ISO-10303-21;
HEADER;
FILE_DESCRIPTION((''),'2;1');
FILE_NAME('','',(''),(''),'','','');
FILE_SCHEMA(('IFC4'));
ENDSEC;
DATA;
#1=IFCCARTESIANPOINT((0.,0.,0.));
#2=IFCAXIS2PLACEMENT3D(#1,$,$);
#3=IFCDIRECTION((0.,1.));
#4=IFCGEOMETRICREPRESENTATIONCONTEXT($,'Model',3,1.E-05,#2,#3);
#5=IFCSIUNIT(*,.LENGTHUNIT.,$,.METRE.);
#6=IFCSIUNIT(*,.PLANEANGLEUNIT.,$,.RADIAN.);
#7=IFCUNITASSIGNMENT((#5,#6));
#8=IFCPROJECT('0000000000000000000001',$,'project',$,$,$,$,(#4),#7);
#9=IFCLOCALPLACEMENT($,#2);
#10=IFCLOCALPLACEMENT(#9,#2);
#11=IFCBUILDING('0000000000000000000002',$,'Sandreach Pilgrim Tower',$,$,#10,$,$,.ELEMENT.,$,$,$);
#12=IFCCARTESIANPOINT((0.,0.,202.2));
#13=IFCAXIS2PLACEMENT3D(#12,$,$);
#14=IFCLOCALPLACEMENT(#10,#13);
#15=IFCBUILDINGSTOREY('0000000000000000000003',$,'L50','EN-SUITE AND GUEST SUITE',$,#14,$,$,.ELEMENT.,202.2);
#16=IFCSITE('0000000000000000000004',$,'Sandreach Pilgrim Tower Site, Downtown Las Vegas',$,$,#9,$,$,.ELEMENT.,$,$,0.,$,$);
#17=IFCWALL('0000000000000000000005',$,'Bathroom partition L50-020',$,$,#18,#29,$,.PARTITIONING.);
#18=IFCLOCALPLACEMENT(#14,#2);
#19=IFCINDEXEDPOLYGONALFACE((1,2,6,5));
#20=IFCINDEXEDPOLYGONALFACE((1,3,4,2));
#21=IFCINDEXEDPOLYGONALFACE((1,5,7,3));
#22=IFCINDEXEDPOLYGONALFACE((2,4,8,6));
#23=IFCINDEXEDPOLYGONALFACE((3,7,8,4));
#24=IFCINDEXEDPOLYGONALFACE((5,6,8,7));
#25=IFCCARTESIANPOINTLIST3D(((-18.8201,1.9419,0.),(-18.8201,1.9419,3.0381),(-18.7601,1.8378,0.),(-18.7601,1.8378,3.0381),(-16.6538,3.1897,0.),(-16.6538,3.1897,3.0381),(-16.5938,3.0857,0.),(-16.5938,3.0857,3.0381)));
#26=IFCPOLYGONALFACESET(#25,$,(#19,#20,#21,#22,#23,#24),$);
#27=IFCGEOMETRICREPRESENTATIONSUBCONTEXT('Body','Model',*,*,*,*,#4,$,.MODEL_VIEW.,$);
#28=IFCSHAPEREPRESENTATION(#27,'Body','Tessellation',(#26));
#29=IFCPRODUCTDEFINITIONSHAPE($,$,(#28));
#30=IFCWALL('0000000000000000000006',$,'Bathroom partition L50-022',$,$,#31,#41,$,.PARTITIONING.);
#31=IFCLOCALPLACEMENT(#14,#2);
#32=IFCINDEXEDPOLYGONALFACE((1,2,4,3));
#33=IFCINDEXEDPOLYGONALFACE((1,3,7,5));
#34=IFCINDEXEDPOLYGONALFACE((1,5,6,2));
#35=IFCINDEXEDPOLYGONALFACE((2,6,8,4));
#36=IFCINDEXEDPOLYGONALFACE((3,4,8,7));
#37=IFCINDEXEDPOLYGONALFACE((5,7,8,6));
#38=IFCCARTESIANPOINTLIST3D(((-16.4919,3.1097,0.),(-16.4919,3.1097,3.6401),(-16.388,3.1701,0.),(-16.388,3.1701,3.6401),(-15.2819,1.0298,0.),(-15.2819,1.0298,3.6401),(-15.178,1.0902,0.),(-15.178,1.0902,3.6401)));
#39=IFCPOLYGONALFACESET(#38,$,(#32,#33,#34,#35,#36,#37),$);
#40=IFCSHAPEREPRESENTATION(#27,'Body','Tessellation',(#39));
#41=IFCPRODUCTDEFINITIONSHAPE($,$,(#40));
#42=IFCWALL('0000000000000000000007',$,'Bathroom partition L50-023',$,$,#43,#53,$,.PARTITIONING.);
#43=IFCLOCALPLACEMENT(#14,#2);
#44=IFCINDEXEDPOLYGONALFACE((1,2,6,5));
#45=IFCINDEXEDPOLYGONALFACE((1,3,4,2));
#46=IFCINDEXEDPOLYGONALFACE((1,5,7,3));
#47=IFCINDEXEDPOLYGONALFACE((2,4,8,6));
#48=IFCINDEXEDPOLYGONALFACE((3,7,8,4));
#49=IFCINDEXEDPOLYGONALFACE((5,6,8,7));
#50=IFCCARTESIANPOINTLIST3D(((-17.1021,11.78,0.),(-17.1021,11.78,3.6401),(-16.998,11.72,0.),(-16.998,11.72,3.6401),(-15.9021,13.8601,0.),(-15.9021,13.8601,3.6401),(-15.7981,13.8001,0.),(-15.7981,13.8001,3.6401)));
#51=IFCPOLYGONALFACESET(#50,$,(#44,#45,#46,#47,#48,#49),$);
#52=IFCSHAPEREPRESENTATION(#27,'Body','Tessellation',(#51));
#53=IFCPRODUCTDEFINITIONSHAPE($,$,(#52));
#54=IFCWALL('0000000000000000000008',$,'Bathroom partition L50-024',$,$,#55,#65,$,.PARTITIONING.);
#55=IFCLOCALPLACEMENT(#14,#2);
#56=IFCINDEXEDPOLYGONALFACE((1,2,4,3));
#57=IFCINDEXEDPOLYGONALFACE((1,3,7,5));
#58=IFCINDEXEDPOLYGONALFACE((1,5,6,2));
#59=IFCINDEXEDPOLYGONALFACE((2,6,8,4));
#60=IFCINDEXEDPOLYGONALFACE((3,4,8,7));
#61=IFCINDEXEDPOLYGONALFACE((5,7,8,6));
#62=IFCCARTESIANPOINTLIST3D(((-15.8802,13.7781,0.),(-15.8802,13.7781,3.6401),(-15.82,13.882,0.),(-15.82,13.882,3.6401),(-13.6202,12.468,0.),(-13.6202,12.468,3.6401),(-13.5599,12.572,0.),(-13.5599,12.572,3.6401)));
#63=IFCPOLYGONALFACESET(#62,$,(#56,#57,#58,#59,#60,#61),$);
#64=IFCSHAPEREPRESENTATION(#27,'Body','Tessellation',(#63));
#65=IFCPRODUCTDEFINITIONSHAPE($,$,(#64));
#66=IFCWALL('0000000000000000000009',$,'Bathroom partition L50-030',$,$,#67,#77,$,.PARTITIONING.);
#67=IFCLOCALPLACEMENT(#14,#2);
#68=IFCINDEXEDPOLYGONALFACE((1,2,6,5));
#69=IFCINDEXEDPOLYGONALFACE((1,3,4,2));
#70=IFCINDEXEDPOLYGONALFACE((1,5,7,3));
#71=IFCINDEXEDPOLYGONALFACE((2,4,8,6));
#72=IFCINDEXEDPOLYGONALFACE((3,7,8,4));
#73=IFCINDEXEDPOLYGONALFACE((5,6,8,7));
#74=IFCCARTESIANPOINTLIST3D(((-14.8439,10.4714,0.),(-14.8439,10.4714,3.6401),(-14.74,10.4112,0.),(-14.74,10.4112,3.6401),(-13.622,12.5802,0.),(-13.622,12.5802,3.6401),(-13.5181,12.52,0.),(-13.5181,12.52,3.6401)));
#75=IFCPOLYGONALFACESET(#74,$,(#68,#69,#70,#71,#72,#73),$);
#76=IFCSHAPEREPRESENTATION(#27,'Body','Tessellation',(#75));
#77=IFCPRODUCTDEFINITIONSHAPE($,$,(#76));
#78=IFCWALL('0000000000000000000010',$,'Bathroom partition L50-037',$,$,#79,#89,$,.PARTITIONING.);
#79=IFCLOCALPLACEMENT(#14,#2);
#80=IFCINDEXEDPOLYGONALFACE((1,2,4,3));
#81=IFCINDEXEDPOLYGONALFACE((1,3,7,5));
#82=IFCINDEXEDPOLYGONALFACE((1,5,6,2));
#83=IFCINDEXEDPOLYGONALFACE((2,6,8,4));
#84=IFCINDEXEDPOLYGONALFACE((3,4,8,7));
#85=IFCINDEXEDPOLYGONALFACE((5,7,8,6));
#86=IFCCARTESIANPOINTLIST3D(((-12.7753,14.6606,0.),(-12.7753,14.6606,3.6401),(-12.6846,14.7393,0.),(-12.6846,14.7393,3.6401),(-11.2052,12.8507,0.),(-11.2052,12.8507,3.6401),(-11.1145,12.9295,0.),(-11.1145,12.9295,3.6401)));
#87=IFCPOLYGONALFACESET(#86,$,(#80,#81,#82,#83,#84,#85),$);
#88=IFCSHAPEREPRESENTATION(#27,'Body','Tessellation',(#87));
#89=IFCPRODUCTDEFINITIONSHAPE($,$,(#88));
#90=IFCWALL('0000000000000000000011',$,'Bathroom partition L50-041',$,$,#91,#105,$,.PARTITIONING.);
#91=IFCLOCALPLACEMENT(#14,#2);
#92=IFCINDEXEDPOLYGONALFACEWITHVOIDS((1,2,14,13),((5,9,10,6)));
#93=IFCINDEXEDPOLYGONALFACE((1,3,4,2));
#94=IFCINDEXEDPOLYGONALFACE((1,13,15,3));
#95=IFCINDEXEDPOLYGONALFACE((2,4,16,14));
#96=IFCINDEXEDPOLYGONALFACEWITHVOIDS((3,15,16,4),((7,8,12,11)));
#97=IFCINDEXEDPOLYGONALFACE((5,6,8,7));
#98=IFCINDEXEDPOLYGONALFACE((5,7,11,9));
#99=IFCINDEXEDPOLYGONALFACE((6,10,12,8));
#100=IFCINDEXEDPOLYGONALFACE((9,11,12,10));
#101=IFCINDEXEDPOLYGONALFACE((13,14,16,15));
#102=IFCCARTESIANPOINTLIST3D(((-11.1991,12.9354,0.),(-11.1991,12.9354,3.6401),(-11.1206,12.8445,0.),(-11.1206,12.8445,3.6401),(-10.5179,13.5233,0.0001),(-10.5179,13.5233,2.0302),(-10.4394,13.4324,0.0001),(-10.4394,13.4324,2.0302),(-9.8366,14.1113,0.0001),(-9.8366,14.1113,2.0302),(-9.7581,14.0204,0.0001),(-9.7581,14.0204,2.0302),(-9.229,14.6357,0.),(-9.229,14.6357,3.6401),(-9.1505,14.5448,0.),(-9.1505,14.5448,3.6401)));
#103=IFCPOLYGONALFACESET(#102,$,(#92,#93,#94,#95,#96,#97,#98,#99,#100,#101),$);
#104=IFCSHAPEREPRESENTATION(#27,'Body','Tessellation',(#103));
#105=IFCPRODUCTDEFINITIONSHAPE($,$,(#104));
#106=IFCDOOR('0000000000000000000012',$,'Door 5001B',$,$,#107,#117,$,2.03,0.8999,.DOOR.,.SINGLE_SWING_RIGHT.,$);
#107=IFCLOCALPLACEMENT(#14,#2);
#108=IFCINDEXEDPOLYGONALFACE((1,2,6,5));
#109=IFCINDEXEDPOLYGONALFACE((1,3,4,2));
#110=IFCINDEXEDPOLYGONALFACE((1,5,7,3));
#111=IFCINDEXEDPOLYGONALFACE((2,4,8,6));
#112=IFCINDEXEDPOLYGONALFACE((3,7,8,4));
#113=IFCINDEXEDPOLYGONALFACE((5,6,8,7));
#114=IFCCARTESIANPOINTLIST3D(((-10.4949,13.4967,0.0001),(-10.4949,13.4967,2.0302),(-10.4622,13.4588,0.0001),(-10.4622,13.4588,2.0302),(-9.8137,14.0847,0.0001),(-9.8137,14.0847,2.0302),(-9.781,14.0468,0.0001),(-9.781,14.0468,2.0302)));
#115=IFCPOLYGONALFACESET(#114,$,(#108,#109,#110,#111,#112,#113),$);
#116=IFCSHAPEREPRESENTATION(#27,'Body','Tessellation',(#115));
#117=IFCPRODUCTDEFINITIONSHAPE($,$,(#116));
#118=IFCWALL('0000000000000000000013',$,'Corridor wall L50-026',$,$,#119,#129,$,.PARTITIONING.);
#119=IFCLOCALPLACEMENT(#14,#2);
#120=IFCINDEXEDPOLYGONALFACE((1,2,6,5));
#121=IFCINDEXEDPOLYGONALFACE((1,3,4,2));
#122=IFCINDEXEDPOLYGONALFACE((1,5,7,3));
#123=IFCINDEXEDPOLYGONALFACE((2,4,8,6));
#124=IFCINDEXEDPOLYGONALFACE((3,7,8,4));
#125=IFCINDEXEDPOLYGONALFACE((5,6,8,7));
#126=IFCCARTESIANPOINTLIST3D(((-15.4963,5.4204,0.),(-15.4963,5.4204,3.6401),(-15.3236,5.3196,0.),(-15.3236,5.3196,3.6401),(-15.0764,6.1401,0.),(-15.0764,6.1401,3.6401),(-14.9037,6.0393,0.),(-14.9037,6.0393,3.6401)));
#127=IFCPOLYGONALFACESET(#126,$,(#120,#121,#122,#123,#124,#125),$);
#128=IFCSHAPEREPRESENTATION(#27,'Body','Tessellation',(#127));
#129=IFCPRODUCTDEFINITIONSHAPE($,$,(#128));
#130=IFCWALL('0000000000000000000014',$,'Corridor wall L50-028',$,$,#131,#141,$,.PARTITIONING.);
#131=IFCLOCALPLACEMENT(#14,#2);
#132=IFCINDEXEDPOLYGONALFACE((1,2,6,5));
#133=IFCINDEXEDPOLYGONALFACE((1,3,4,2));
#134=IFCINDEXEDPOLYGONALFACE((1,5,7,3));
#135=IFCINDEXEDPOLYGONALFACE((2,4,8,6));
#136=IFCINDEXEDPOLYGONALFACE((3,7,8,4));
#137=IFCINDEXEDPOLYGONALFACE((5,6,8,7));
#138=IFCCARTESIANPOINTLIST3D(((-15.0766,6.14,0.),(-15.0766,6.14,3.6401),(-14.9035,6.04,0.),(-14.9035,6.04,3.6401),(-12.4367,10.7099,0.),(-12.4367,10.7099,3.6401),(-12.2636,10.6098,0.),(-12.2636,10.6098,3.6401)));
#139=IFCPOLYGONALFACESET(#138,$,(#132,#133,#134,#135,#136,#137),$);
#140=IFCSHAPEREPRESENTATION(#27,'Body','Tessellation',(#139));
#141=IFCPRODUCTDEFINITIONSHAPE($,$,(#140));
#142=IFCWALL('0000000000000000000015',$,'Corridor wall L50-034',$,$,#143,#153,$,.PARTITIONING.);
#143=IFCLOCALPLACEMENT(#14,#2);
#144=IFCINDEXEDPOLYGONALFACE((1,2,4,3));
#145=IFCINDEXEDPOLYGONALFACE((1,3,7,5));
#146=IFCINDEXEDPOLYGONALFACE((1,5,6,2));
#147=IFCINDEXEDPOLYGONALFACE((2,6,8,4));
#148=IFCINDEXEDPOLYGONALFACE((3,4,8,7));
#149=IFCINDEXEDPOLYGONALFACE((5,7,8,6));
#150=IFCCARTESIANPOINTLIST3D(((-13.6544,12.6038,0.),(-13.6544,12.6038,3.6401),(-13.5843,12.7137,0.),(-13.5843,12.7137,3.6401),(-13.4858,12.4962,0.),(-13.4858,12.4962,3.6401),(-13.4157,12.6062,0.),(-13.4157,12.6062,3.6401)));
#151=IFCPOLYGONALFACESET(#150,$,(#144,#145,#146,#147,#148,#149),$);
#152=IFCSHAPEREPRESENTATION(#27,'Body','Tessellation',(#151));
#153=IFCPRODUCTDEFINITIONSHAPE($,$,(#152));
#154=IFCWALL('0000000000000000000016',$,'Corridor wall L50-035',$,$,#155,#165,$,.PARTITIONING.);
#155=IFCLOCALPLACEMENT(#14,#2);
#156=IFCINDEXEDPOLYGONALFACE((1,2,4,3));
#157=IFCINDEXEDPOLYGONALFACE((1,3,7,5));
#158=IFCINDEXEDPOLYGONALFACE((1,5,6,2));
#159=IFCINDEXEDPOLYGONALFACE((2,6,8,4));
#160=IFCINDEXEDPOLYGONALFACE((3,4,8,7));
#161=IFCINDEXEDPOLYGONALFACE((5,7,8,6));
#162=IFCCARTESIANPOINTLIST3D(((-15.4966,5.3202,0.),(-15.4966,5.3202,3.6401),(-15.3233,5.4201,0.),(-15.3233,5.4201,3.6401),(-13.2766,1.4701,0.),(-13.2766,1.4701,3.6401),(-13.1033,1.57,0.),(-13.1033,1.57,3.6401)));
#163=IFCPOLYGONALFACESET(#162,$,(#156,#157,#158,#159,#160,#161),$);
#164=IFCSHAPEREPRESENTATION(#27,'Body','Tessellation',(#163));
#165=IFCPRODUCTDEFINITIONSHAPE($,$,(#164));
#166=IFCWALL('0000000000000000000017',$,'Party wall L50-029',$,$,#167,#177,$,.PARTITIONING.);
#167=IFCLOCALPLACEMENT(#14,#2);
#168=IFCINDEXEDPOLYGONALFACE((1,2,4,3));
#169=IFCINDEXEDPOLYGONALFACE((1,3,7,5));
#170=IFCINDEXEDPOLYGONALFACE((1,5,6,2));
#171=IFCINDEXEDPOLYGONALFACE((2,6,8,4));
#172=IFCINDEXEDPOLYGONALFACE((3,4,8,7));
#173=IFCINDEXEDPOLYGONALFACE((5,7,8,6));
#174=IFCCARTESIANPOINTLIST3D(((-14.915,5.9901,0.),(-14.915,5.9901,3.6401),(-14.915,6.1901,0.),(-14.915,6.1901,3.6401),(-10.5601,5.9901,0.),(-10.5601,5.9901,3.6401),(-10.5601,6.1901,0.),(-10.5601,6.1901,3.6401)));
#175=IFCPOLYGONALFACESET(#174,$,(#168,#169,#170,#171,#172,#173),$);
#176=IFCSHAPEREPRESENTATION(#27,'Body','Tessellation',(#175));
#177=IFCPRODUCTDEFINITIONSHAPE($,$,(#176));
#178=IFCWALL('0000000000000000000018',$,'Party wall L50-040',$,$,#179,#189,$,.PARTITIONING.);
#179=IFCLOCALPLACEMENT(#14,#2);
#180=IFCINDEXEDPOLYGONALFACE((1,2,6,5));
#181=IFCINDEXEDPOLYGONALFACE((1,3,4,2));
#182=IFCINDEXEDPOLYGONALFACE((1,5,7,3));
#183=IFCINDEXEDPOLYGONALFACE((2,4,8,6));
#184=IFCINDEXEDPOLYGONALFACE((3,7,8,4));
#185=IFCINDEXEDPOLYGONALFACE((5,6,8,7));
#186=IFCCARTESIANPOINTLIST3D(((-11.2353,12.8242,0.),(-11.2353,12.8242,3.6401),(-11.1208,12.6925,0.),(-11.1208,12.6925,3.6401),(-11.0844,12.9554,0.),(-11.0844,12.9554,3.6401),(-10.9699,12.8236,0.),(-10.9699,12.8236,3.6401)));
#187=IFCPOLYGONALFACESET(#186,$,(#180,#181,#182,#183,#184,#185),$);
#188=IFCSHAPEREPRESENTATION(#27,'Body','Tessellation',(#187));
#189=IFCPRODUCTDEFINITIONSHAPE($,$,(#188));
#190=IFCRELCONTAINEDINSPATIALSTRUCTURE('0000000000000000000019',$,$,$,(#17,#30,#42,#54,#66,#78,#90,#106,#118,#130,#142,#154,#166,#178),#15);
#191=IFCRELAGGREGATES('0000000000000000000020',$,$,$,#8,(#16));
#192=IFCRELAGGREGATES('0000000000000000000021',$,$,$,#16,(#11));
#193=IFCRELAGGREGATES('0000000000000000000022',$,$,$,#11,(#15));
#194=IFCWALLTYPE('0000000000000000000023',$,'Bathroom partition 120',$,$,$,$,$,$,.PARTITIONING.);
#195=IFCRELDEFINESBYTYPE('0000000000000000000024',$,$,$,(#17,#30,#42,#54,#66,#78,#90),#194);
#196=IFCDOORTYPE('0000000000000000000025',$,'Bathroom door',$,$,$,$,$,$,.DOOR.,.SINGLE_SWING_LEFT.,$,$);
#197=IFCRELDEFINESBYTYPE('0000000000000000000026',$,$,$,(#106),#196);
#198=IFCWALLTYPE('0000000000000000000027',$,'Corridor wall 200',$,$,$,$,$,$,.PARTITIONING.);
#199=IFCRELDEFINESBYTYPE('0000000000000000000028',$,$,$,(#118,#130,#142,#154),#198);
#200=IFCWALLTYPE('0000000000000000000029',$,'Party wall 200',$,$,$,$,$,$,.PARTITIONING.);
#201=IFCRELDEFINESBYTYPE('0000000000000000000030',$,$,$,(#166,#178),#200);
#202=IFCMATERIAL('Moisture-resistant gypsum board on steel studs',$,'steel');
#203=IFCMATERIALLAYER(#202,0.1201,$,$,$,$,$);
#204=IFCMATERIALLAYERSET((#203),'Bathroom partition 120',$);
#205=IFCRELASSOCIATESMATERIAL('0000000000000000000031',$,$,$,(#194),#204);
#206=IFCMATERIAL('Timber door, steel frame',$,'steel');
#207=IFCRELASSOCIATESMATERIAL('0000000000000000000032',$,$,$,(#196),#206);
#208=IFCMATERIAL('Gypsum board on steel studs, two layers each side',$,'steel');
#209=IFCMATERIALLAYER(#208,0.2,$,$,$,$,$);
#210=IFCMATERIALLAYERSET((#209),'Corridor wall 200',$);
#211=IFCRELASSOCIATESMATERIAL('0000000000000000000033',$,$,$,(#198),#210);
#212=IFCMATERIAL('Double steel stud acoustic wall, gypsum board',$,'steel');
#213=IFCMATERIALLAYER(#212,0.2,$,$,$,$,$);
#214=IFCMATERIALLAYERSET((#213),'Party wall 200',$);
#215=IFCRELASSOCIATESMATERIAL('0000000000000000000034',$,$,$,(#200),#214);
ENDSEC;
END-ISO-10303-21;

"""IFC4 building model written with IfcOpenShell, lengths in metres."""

from ifc_helpers import new_model, si_unit, direction, frame, frame_2d, origin, place, context, subcontext, project, spatial, rectangle, extrude, material, layer, layer_set, type_object, element, fill, save


model = new_model("IFC4")

# Units and contexts
model_context = context("Model", 3, precision=1e-05, world=origin(), true_north=direction((0.0, 1.0)))
body_context = subcontext(model_context, "Body", "Model", "MODEL_VIEW")
ifc_project = project(units=[si_unit("LENGTHUNIT", "METRE"), si_unit("PLANEANGLEUNIT", "RADIAN")], contexts=[model_context])

# Site, building, storey
site_placement = place(None, origin())
site = spatial("IfcSite", under=ifc_project, at=site_placement, Name="Sandreach Pilgrim Tower Site, Downtown Las Vegas", CompositionType="ELEMENT", RefElevation=0.0)
building_placement = place(site_placement, origin())
building = spatial("IfcBuilding", under=site, at=building_placement, Name="Sandreach Pilgrim Tower", CompositionType="ELEMENT")
storey_placement = place(building_placement, frame((0.0, 0.0, 202.2)))
storey = spatial("IfcBuildingStorey", under=building, at=storey_placement, Name="L50", Description="EN-SUITE AND GUEST SUITE", CompositionType="ELEMENT", Elevation=202.2)

# Walls
ifc_material_1 = material(Name="Moisture-resistant gypsum board on steel studs", Category="steel")
ifc_layer_1 = layer(ifc_material_1, 0.1201)
ifc_layer_set_1 = layer_set([ifc_layer_1], Name="Bathroom partition 120")
wall_type_1 = type_object("IfcWallType", Name="Bathroom partition 120", PredefinedType="PARTITIONING", material=ifc_layer_set_1)
wall_1_placement = place(storey_placement, frame((-16.6238, 3.1377, 0.0), z_axis=(0.0, 0.0, 1.0), x_axis=(-0.866525, -0.499133, 0.0)))
element("IfcWall", 1, at=wall_1_placement, inside=storey, type_object=wall_type_1, Name="Bathroom partition L50-020", PredefinedType="PARTITIONING", context=body_context, shape_type="SweptSolid", body=[
    extrude(rectangle(XDim=2.5, YDim=0.1201, at=frame_2d((1.25, 0.0))), origin(), (0.0, 0.0, 1.0), 3.0381),
])
wall_2_placement = place(storey_placement, frame((-16.4399, 3.1399, 0.0), z_axis=(0.0, 0.0, 1.0), x_axis=(0.502855, -0.864371, 0.0)))
element("IfcWall", 2, at=wall_2_placement, inside=storey, type_object=wall_type_1, Name="Bathroom partition L50-022", PredefinedType="PARTITIONING", context=body_context, shape_type="SweptSolid", body=[
    extrude(rectangle(XDim=2.4062, YDim=0.1201, at=frame_2d((1.2031, 0.0))), origin(), (0.0, 0.0, 1.0), 3.6401),
])
wall_3_placement = place(storey_placement, frame((-15.8501, 13.8301, 0.0), z_axis=(0.0, 0.0, 1.0), x_axis=(-0.499693, -0.866203, 0.0)))
element("IfcWall", 3, at=wall_3_placement, inside=storey, type_object=wall_type_1, Name="Bathroom partition L50-023", PredefinedType="PARTITIONING", context=body_context, shape_type="SweptSolid", body=[
    extrude(rectangle(XDim=2.4014, YDim=0.1201, at=frame_2d((1.2007, 0.0))), origin(), (0.0, 0.0, 1.0), 3.6401),
])
wall_4_placement = place(storey_placement, frame((-15.8501, 13.8301, 0.0), z_axis=(0.0, 0.0, 1.0), x_axis=(0.865155, -0.501504, 0.0)))
element("IfcWall", 4, at=wall_4_placement, inside=storey, type_object=wall_type_1, Name="Bathroom partition L50-024", PredefinedType="PARTITIONING", context=body_context, shape_type="SweptSolid", body=[
    extrude(rectangle(XDim=2.6123, YDim=0.1201, at=frame_2d((1.3062, 0.0))), origin(), (0.0, 0.0, 1.0), 3.6401),
])
wall_5_placement = place(storey_placement, frame((-14.792, 10.4412, 0.0), z_axis=(0.0, 0.0, 1.0), x_axis=(0.50134, 0.86525, 0.0)))
element("IfcWall", 5, at=wall_5_placement, inside=storey, type_object=wall_type_1, Name="Bathroom partition L50-030", PredefinedType="PARTITIONING", context=body_context, shape_type="SweptSolid", body=[
    extrude(rectangle(XDim=2.4373, YDim=0.1201, at=frame_2d((1.2188, 0.0))), origin(), (0.0, 0.0, 1.0), 3.6401),
])
wall_6_placement = place(storey_placement, frame((-12.73, 14.7, 0.0), z_axis=(0.0, 0.0, 1.0), x_axis=(0.655303, -0.755366, 0.0)))
element("IfcWall", 6, at=wall_6_placement, inside=storey, type_object=wall_type_1, Name="Bathroom partition L50-037", PredefinedType="PARTITIONING", context=body_context, shape_type="SweptSolid", body=[
    extrude(rectangle(XDim=2.396, YDim=0.1201, at=frame_2d((1.198, 0.0))), origin(), (0.0, 0.0, 1.0), 3.6401),
])

# Wall, opening, door
wall_7_placement = place(storey_placement, frame((-11.1599, 12.8899, 0.0), z_axis=(0.0, 0.0, 1.0), x_axis=(0.75704, 0.653368, 0.0)))
wall_7 = element("IfcWall", 7, at=wall_7_placement, inside=storey, type_object=wall_type_1, Name="Bathroom partition L50-041", PredefinedType="PARTITIONING", context=body_context, shape_type="SweptSolid", body=[
    extrude(rectangle(XDim=2.6023, YDim=0.1201, at=frame_2d((1.3013, 0.0))), origin(), (0.0, 0.0, 1.0), 3.6401),
])
opening_1_placement = place(wall_7_placement, frame((0.8999, 0.0, 0.0)))
opening_1 = element("IfcOpeningElement", 8, at=opening_1_placement, cuts=wall_7, PredefinedType="OPENING", context=body_context, shape_type="SweptSolid", body=[
    extrude(rectangle(XDim=0.8999, YDim=2.03, at=frame_2d((0.45, 1.0151))), frame((0.0, 0.0601, 0.0), z_axis=(0.0, -1.0, 0.0), x_axis=(1.0, 0.0, 0.0)), (0.0, 0.0, 1.0), 0.1201),
])
ifc_material_2 = material(Name="Timber door, steel frame", Category="steel")
door_type_1 = type_object("IfcDoorType", Name="Bathroom door", OperationType="SINGLE_SWING_LEFT", PredefinedType="DOOR", material=ifc_material_2)
door_1_placement = place(opening_1_placement, origin())
door_1 = element("IfcDoor", 9, at=door_1_placement, inside=storey, type_object=door_type_1, Name="Door 5001B", OperationType="SINGLE_SWING_RIGHT", OverallHeight=2.03, OverallWidth=0.8999, PredefinedType="DOOR", context=body_context, shape_type="SweptSolid", body=[
    extrude(rectangle(XDim=0.8999, YDim=2.03, at=frame_2d((0.45, 1.0151))), frame((0.0, 0.0249, 0.0), z_axis=(0.0, -1.0, 0.0), x_axis=(1.0, 0.0, 0.0)), (0.0, 0.0, 1.0), 0.05),
])
fill(opening_1, door_1)
ifc_material_3 = material(Name="Gypsum board on steel studs, two layers each side", Category="steel")
ifc_layer_2 = layer(ifc_material_3, 0.2)
ifc_layer_set_2 = layer_set([ifc_layer_2], Name="Corridor wall 200")
wall_type_2 = type_object("IfcWallType", Name="Corridor wall 200", PredefinedType="PARTITIONING", material=ifc_layer_set_2)

# Walls
wall_8_placement = place(storey_placement, frame((-15.4099, 5.3701, 0.0), z_axis=(0.0, 0.0, 1.0), x_axis=(0.503944, 0.863736, 0.0)))
element("IfcWall", 10, at=wall_8_placement, inside=storey, type_object=wall_type_2, Name="Corridor wall L50-026", PredefinedType="PARTITIONING", context=body_context, shape_type="SweptSolid", body=[
    extrude(rectangle(XDim=0.8333, YDim=0.2, at=frame_2d((0.4165, 0.0))), origin(), (0.0, 0.0, 1.0), 3.6401),
])
wall_9_placement = place(storey_placement, frame((-14.99, 6.0901, 0.0), z_axis=(0.0, 0.0, 1.0), x_axis=(0.500214, 0.865902, 0.0)))
element("IfcWall", 11, at=wall_9_placement, inside=storey, type_object=wall_type_2, Name="Corridor wall L50-028", PredefinedType="PARTITIONING", context=body_context, shape_type="SweptSolid", body=[
    extrude(rectangle(XDim=5.2776, YDim=0.2, at=frame_2d((2.6387, 0.0))), origin(), (0.0, 0.0, 1.0), 3.6401),
])
wall_10_placement = place(storey_placement, frame((-13.5, 12.6599, 0.0), z_axis=(0.0, 0.0, 1.0), x_axis=(-0.537724, -0.843121, 0.0)))
element("IfcWall", 12, at=wall_10_placement, inside=storey, type_object=wall_type_2, Name="Corridor wall L50-034", PredefinedType="PARTITIONING", context=body_context, shape_type="SweptSolid", body=[
    extrude(rectangle(XDim=0.1304, YDim=0.2, at=frame_2d((0.0652, 0.0))), origin(), (0.0, 0.0, 1.0), 3.6401),
])
wall_11_placement = place(storey_placement, frame((-13.1899, 1.52, 0.0), z_axis=(0.0, 0.0, 1.0), x_axis=(-0.499513, 0.866306, 0.0)))
element("IfcWall", 13, at=wall_11_placement, inside=storey, type_object=wall_type_2, Name="Corridor wall L50-035", PredefinedType="PARTITIONING", context=body_context, shape_type="SweptSolid", body=[
    extrude(rectangle(XDim=4.4443, YDim=0.2, at=frame_2d((2.2222, 0.0))), origin(), (0.0, 0.0, 1.0), 3.6401),
])

# Walls
ifc_material_4 = material(Name="Double steel stud acoustic wall, gypsum board", Category="steel")
ifc_layer_3 = layer(ifc_material_4, 0.2)
ifc_layer_set_3 = layer_set([ifc_layer_3], Name="Party wall 200")
wall_type_3 = type_object("IfcWallType", Name="Party wall 200", PredefinedType="PARTITIONING", material=ifc_layer_set_3)
wall_12_placement = place(storey_placement, frame((-14.915, 6.0901, 0.0), z_axis=(0.0, 0.0, 1.0), x_axis=(1.0, 0.0, 0.0)))
element("IfcWall", 14, at=wall_12_placement, inside=storey, type_object=wall_type_3, Name="Party wall L50-029", PredefinedType="PARTITIONING", context=body_context, shape_type="SweptSolid", body=[
    extrude(rectangle(XDim=4.355, YDim=0.2, at=frame_2d((2.1775, 0.0))), origin(), (0.0, 0.0, 1.0), 3.6401),
])
wall_13_placement = place(storey_placement, frame((-11.1599, 12.8899, 0.0), z_axis=(0.0, 0.0, 1.0), x_axis=(0.655729, -0.754997, 0.0)))
element("IfcWall", 15, at=wall_13_placement, inside=storey, type_object=wall_type_3, Name="Party wall L50-040", PredefinedType="PARTITIONING", context=body_context, shape_type="SweptSolid", body=[
    extrude(rectangle(XDim=0.1746, YDim=0.2, at=frame_2d((0.0874, 0.0))), origin(), (0.0, 0.0, 1.0), 3.6401),
])

save(model, "model.ifc")
